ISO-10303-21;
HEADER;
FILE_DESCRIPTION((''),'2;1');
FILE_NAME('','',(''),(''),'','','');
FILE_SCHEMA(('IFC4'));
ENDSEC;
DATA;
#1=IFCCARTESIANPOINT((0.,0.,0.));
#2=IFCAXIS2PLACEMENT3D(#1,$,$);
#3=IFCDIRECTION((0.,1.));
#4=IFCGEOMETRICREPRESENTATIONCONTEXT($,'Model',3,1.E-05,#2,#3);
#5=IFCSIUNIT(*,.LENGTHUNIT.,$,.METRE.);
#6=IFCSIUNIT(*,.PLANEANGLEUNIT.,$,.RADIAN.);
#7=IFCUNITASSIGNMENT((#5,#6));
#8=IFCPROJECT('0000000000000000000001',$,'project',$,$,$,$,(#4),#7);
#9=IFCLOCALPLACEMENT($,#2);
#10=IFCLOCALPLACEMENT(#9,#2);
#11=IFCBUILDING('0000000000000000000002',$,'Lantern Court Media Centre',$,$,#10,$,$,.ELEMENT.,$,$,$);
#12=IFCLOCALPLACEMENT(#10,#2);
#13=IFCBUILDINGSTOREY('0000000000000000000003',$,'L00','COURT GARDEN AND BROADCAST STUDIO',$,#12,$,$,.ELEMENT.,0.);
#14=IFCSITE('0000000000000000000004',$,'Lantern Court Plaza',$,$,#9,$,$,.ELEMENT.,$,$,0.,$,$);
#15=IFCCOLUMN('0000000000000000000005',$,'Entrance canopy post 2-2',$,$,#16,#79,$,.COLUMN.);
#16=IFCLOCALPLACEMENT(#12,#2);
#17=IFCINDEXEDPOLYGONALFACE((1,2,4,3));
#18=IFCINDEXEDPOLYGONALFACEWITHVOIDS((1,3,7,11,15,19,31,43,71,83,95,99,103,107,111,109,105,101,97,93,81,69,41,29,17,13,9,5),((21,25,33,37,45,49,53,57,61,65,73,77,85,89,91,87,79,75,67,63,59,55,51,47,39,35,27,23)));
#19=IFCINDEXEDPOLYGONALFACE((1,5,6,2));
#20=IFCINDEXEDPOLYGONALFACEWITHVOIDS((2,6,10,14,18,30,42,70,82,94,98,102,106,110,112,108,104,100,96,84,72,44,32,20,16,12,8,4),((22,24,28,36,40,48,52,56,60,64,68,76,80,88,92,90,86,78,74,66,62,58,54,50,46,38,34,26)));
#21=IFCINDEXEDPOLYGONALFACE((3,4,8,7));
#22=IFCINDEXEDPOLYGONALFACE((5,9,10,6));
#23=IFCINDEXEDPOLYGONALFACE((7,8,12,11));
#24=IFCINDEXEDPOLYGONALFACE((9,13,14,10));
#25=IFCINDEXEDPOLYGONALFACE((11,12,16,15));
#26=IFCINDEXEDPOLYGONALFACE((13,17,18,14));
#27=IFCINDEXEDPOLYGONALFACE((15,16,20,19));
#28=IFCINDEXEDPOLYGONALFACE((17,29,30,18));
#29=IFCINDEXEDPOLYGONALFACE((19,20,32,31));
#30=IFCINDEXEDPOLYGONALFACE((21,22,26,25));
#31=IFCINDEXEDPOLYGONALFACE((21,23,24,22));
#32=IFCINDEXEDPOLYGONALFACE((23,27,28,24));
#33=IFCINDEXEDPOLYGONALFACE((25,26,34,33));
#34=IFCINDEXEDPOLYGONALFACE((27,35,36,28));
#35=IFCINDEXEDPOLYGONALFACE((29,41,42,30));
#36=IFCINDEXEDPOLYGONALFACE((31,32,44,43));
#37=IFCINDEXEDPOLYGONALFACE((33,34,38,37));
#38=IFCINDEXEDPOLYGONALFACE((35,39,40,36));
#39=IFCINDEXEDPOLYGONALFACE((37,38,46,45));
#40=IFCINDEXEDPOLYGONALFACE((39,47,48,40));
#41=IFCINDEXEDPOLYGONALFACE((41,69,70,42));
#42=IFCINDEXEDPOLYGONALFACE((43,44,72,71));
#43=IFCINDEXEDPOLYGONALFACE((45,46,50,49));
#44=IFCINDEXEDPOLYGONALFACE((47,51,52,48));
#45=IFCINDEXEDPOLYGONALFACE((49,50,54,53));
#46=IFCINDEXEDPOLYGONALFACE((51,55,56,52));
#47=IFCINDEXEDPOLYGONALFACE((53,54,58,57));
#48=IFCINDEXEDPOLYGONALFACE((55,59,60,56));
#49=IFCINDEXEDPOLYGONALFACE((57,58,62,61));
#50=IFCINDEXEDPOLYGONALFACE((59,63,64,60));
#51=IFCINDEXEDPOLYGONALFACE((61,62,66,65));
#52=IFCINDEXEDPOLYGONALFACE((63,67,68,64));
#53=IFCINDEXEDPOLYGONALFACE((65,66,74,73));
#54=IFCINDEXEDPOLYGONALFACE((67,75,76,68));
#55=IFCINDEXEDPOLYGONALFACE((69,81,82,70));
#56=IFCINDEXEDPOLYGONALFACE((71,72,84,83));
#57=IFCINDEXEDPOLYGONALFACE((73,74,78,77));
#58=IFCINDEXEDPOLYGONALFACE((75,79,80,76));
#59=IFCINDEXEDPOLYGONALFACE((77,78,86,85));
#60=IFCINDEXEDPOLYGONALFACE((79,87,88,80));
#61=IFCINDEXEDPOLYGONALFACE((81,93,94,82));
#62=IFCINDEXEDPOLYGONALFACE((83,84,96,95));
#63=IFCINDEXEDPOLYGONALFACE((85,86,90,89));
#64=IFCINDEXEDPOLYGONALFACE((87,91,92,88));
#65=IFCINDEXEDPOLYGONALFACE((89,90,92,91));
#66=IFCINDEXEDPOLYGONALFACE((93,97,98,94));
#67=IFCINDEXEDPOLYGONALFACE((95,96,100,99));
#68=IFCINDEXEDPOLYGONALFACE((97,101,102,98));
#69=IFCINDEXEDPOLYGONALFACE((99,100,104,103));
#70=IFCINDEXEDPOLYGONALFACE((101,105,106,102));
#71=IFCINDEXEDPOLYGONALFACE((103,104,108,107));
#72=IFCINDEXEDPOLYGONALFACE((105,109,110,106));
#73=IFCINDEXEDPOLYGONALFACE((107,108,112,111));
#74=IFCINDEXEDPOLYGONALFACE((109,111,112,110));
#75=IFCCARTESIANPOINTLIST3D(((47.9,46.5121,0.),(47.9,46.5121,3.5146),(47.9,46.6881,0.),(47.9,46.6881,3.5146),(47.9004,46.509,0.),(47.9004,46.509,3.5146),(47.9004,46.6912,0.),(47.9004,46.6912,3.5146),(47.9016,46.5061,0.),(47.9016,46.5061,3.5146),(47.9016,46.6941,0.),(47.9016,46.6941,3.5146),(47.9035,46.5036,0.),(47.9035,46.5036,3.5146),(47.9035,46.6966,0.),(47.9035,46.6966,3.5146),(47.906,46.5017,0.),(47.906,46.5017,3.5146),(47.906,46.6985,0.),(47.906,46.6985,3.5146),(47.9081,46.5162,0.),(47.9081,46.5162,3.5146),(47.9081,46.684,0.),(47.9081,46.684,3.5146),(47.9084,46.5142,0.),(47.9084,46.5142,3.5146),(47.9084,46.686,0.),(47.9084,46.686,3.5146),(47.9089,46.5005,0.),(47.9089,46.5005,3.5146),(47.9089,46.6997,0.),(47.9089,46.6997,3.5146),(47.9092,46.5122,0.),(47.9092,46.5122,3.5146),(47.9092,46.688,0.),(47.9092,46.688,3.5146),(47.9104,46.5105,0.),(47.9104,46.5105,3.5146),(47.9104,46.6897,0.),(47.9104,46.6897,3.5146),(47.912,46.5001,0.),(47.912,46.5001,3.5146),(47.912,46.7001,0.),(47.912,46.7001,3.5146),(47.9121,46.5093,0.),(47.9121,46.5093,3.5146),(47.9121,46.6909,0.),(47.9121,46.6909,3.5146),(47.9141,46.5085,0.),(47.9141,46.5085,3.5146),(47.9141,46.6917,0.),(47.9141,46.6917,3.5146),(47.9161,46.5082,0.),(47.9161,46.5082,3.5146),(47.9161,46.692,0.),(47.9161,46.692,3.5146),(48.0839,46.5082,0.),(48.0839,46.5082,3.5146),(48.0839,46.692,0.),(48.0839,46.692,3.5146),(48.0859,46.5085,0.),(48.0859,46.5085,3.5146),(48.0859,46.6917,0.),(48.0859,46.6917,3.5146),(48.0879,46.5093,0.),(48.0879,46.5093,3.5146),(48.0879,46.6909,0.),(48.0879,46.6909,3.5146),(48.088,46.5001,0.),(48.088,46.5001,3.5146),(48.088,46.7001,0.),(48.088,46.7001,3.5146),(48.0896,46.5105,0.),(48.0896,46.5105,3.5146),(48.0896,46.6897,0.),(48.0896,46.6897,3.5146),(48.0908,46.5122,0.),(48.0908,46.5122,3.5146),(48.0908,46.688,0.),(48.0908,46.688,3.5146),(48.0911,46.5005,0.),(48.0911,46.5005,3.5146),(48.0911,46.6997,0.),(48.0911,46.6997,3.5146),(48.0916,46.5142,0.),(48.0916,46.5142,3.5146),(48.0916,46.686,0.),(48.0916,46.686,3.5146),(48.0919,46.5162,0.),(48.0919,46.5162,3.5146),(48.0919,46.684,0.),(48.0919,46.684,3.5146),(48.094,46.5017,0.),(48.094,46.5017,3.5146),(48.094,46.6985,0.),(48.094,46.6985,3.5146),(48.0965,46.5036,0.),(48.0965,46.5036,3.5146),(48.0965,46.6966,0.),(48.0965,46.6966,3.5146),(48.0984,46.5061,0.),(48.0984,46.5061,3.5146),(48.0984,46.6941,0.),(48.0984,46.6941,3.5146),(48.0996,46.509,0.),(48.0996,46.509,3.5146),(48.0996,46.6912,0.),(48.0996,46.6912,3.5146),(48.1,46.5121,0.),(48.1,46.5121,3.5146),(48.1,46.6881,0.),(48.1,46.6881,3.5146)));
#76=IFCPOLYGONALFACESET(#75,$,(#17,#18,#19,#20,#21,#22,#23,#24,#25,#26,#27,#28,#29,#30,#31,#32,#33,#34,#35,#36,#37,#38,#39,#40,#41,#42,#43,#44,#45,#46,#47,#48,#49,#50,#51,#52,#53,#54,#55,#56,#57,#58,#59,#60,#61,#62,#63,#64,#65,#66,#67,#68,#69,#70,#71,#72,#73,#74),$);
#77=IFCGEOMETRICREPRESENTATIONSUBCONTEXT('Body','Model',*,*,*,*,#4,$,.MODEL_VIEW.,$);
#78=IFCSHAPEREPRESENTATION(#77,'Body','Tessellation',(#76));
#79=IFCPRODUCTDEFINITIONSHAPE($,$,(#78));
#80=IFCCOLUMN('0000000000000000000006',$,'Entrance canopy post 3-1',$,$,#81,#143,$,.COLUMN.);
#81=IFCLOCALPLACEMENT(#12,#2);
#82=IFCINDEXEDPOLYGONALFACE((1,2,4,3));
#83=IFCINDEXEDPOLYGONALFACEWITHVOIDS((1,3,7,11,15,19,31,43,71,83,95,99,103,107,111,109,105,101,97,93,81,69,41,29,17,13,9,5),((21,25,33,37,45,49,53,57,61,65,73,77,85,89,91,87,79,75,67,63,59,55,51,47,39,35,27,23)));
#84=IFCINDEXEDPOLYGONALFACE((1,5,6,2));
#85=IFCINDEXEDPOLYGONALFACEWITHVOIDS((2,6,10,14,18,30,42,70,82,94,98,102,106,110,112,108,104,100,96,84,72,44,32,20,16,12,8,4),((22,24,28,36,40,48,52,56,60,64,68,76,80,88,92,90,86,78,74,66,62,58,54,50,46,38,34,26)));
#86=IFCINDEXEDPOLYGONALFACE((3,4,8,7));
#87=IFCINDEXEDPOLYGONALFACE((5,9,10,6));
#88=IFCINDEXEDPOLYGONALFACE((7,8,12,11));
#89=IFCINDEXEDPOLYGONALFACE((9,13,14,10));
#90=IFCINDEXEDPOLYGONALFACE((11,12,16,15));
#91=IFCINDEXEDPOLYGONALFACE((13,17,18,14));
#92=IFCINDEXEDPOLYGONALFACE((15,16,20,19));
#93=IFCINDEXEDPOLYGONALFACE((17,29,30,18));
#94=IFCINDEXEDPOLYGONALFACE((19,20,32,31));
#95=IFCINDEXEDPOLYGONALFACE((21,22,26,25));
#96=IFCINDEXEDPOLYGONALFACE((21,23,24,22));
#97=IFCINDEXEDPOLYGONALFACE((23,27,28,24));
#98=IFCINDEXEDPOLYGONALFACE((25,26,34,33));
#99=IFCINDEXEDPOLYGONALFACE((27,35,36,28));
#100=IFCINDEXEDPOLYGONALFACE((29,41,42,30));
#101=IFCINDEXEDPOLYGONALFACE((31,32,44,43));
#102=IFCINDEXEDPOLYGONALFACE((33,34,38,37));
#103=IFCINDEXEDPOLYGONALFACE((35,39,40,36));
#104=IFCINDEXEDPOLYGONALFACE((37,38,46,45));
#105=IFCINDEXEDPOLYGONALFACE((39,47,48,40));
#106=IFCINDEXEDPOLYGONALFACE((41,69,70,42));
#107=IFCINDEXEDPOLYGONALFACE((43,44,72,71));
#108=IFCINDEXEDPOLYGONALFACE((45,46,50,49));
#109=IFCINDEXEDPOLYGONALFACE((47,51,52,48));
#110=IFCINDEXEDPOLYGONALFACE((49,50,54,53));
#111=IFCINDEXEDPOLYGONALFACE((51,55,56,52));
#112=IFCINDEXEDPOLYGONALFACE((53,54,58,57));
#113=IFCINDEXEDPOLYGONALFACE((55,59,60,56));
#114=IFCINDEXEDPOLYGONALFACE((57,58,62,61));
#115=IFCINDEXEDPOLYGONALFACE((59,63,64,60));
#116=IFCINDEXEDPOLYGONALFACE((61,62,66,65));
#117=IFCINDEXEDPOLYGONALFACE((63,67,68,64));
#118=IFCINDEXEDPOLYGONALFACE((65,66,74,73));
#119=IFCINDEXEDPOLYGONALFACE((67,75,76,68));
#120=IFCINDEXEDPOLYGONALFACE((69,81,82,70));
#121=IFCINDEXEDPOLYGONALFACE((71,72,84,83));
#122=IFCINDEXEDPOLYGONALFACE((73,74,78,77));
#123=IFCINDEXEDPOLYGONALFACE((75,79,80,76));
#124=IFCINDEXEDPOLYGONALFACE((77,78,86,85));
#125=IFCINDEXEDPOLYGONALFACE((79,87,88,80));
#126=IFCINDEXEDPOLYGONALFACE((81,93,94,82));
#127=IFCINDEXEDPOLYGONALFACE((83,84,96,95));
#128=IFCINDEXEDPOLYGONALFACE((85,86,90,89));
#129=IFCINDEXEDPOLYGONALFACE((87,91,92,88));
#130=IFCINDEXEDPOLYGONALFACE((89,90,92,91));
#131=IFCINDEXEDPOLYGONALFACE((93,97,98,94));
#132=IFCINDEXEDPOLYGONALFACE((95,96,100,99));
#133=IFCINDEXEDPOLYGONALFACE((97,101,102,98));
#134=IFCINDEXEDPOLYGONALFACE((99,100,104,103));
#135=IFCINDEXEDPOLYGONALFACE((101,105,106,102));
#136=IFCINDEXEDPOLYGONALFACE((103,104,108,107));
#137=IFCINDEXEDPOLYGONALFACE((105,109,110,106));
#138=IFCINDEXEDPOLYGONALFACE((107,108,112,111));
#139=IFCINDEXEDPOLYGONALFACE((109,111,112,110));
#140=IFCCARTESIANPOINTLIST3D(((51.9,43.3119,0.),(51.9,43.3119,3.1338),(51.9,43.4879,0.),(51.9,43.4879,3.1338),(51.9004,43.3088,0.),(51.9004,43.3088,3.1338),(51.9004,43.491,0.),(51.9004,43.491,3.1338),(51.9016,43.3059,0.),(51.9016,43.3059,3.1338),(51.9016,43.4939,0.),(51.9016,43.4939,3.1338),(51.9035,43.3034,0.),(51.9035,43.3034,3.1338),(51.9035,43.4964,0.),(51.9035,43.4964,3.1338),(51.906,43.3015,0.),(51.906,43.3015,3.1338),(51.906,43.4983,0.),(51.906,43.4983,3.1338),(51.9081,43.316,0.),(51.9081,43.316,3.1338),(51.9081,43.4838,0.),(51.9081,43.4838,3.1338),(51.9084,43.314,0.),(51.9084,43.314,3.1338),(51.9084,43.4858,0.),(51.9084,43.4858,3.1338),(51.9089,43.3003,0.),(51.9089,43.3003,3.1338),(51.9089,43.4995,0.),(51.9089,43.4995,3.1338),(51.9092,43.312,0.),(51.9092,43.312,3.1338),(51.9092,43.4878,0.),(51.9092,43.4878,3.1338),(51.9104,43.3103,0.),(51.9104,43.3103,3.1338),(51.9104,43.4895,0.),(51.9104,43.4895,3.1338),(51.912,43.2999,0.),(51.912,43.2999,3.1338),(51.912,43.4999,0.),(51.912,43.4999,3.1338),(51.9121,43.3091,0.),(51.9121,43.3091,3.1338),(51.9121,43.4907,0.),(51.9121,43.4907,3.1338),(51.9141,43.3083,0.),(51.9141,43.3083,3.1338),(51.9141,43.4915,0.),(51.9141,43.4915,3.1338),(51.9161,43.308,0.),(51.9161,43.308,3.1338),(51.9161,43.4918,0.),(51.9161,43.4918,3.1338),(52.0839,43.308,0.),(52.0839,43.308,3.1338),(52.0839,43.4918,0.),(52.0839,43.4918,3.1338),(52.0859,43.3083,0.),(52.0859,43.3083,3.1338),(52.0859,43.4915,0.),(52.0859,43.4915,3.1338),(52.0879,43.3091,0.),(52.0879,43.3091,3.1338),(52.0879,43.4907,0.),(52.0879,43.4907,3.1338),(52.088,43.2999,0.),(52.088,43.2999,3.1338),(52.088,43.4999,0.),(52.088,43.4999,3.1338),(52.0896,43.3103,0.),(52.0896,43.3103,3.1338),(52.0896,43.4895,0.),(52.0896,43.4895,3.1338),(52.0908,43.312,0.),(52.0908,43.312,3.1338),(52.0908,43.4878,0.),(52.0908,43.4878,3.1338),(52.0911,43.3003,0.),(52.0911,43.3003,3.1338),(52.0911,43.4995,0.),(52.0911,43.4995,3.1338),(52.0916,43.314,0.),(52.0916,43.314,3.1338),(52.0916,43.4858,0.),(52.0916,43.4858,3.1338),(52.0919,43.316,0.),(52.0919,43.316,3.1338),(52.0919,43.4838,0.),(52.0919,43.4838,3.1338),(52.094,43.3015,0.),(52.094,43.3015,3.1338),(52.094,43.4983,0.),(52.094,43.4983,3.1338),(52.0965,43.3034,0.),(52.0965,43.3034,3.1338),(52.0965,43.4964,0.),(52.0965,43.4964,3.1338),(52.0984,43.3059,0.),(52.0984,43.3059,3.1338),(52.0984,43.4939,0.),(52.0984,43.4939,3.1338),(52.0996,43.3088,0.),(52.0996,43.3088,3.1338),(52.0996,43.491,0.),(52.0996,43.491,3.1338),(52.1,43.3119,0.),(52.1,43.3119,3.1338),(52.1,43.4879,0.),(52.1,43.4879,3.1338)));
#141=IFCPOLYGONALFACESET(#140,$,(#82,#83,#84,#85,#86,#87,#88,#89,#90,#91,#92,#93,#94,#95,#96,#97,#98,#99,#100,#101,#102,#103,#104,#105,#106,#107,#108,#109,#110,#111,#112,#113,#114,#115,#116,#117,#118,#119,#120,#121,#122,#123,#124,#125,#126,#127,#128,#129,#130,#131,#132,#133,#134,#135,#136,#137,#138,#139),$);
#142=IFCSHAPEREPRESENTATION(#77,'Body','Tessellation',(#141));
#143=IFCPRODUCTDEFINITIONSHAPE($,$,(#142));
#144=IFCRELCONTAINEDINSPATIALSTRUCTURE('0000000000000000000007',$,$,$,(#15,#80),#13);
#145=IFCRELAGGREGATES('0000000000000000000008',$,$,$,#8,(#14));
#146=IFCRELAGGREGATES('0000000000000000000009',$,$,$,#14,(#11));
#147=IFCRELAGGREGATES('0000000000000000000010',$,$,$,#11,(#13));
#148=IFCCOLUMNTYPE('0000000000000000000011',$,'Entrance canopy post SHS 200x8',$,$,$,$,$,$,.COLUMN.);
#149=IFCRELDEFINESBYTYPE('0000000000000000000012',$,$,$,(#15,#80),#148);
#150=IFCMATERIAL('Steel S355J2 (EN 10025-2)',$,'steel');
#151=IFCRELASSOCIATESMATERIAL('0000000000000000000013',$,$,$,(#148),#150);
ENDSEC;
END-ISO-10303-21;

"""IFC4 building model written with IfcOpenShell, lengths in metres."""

from ifc_helpers import new_model, si_unit, direction, frame, origin, origin_2d, place, context, subcontext, project, spatial, hollow_rectangle, extrude, material, material_profile, profile_set, type_object, element, save


model = new_model("IFC4")

# Units and contexts
model_context = context("Model", 3, precision=1e-05, world=origin(), true_north=direction((0.0, 1.0)))
body_context = subcontext(model_context, "Body", "Model", "MODEL_VIEW")
ifc_project = project(units=[si_unit("LENGTHUNIT", "METRE"), si_unit("PLANEANGLEUNIT", "RADIAN")], contexts=[model_context])

# Site, building, storey
site_placement = place(None, origin())
site = spatial("IfcSite", under=ifc_project, at=site_placement, Name="Lantern Court Plaza", CompositionType="ELEMENT", RefElevation=0.0)
building_placement = place(site_placement, origin())
building = spatial("IfcBuilding", under=site, at=building_placement, Name="Lantern Court Media Centre", CompositionType="ELEMENT")
storey_placement = place(building_placement, origin())
storey = spatial("IfcBuildingStorey", under=building, at=storey_placement, Name="L00", Description="COURT GARDEN AND BROADCAST STUDIO", CompositionType="ELEMENT", Elevation=0.0)

# Columns
ifc_material_1 = material(Name="Steel S355J2 (EN 10025-2)", Category="steel")
ifc_material_profile_1 = material_profile(ifc_material_1, hollow_rectangle(XDim=0.2, YDim=0.2, WallThickness=0.0081, InnerFilletRadius=0.0081, OuterFilletRadius=0.012, at=origin_2d()), Name="Entrance canopy post SHS 200x8")
ifc_profile_set_1 = profile_set([ifc_material_profile_1], Name="Steel S355J2 (EN 10025-2)")
column_type = type_object("IfcColumnType", Name="Entrance canopy post SHS 200x8", PredefinedType="COLUMN", material=ifc_profile_set_1)
column_1_placement = place(storey_placement, frame((48.0, 46.6001, 0.0), z_axis=(0.0, 0.0, 1.0), x_axis=(1.0, 0.0, 0.0)))
element("IfcColumn", 1, at=column_1_placement, inside=storey, type_object=column_type, Name="Entrance canopy post 2-2", PredefinedType="COLUMN", context=body_context, shape_type="SweptSolid", body=[
    extrude(hollow_rectangle(XDim=0.2, YDim=0.2, WallThickness=0.0081, InnerFilletRadius=0.0081, OuterFilletRadius=0.012, at=origin_2d()), origin(), (0.0, 0.0, 1.0), 3.5146),
])
column_2_placement = place(storey_placement, frame((52.0, 43.3999, 0.0), z_axis=(0.0, 0.0, 1.0), x_axis=(1.0, 0.0, 0.0)))
element("IfcColumn", 2, at=column_2_placement, inside=storey, type_object=column_type, Name="Entrance canopy post 3-1", PredefinedType="COLUMN", context=body_context, shape_type="SweptSolid", body=[
    extrude(hollow_rectangle(XDim=0.2, YDim=0.2, WallThickness=0.0081, InnerFilletRadius=0.0081, OuterFilletRadius=0.012, at=origin_2d()), origin(), (0.0, 0.0, 1.0), 3.1338),
])

save(model, "model.ifc")
